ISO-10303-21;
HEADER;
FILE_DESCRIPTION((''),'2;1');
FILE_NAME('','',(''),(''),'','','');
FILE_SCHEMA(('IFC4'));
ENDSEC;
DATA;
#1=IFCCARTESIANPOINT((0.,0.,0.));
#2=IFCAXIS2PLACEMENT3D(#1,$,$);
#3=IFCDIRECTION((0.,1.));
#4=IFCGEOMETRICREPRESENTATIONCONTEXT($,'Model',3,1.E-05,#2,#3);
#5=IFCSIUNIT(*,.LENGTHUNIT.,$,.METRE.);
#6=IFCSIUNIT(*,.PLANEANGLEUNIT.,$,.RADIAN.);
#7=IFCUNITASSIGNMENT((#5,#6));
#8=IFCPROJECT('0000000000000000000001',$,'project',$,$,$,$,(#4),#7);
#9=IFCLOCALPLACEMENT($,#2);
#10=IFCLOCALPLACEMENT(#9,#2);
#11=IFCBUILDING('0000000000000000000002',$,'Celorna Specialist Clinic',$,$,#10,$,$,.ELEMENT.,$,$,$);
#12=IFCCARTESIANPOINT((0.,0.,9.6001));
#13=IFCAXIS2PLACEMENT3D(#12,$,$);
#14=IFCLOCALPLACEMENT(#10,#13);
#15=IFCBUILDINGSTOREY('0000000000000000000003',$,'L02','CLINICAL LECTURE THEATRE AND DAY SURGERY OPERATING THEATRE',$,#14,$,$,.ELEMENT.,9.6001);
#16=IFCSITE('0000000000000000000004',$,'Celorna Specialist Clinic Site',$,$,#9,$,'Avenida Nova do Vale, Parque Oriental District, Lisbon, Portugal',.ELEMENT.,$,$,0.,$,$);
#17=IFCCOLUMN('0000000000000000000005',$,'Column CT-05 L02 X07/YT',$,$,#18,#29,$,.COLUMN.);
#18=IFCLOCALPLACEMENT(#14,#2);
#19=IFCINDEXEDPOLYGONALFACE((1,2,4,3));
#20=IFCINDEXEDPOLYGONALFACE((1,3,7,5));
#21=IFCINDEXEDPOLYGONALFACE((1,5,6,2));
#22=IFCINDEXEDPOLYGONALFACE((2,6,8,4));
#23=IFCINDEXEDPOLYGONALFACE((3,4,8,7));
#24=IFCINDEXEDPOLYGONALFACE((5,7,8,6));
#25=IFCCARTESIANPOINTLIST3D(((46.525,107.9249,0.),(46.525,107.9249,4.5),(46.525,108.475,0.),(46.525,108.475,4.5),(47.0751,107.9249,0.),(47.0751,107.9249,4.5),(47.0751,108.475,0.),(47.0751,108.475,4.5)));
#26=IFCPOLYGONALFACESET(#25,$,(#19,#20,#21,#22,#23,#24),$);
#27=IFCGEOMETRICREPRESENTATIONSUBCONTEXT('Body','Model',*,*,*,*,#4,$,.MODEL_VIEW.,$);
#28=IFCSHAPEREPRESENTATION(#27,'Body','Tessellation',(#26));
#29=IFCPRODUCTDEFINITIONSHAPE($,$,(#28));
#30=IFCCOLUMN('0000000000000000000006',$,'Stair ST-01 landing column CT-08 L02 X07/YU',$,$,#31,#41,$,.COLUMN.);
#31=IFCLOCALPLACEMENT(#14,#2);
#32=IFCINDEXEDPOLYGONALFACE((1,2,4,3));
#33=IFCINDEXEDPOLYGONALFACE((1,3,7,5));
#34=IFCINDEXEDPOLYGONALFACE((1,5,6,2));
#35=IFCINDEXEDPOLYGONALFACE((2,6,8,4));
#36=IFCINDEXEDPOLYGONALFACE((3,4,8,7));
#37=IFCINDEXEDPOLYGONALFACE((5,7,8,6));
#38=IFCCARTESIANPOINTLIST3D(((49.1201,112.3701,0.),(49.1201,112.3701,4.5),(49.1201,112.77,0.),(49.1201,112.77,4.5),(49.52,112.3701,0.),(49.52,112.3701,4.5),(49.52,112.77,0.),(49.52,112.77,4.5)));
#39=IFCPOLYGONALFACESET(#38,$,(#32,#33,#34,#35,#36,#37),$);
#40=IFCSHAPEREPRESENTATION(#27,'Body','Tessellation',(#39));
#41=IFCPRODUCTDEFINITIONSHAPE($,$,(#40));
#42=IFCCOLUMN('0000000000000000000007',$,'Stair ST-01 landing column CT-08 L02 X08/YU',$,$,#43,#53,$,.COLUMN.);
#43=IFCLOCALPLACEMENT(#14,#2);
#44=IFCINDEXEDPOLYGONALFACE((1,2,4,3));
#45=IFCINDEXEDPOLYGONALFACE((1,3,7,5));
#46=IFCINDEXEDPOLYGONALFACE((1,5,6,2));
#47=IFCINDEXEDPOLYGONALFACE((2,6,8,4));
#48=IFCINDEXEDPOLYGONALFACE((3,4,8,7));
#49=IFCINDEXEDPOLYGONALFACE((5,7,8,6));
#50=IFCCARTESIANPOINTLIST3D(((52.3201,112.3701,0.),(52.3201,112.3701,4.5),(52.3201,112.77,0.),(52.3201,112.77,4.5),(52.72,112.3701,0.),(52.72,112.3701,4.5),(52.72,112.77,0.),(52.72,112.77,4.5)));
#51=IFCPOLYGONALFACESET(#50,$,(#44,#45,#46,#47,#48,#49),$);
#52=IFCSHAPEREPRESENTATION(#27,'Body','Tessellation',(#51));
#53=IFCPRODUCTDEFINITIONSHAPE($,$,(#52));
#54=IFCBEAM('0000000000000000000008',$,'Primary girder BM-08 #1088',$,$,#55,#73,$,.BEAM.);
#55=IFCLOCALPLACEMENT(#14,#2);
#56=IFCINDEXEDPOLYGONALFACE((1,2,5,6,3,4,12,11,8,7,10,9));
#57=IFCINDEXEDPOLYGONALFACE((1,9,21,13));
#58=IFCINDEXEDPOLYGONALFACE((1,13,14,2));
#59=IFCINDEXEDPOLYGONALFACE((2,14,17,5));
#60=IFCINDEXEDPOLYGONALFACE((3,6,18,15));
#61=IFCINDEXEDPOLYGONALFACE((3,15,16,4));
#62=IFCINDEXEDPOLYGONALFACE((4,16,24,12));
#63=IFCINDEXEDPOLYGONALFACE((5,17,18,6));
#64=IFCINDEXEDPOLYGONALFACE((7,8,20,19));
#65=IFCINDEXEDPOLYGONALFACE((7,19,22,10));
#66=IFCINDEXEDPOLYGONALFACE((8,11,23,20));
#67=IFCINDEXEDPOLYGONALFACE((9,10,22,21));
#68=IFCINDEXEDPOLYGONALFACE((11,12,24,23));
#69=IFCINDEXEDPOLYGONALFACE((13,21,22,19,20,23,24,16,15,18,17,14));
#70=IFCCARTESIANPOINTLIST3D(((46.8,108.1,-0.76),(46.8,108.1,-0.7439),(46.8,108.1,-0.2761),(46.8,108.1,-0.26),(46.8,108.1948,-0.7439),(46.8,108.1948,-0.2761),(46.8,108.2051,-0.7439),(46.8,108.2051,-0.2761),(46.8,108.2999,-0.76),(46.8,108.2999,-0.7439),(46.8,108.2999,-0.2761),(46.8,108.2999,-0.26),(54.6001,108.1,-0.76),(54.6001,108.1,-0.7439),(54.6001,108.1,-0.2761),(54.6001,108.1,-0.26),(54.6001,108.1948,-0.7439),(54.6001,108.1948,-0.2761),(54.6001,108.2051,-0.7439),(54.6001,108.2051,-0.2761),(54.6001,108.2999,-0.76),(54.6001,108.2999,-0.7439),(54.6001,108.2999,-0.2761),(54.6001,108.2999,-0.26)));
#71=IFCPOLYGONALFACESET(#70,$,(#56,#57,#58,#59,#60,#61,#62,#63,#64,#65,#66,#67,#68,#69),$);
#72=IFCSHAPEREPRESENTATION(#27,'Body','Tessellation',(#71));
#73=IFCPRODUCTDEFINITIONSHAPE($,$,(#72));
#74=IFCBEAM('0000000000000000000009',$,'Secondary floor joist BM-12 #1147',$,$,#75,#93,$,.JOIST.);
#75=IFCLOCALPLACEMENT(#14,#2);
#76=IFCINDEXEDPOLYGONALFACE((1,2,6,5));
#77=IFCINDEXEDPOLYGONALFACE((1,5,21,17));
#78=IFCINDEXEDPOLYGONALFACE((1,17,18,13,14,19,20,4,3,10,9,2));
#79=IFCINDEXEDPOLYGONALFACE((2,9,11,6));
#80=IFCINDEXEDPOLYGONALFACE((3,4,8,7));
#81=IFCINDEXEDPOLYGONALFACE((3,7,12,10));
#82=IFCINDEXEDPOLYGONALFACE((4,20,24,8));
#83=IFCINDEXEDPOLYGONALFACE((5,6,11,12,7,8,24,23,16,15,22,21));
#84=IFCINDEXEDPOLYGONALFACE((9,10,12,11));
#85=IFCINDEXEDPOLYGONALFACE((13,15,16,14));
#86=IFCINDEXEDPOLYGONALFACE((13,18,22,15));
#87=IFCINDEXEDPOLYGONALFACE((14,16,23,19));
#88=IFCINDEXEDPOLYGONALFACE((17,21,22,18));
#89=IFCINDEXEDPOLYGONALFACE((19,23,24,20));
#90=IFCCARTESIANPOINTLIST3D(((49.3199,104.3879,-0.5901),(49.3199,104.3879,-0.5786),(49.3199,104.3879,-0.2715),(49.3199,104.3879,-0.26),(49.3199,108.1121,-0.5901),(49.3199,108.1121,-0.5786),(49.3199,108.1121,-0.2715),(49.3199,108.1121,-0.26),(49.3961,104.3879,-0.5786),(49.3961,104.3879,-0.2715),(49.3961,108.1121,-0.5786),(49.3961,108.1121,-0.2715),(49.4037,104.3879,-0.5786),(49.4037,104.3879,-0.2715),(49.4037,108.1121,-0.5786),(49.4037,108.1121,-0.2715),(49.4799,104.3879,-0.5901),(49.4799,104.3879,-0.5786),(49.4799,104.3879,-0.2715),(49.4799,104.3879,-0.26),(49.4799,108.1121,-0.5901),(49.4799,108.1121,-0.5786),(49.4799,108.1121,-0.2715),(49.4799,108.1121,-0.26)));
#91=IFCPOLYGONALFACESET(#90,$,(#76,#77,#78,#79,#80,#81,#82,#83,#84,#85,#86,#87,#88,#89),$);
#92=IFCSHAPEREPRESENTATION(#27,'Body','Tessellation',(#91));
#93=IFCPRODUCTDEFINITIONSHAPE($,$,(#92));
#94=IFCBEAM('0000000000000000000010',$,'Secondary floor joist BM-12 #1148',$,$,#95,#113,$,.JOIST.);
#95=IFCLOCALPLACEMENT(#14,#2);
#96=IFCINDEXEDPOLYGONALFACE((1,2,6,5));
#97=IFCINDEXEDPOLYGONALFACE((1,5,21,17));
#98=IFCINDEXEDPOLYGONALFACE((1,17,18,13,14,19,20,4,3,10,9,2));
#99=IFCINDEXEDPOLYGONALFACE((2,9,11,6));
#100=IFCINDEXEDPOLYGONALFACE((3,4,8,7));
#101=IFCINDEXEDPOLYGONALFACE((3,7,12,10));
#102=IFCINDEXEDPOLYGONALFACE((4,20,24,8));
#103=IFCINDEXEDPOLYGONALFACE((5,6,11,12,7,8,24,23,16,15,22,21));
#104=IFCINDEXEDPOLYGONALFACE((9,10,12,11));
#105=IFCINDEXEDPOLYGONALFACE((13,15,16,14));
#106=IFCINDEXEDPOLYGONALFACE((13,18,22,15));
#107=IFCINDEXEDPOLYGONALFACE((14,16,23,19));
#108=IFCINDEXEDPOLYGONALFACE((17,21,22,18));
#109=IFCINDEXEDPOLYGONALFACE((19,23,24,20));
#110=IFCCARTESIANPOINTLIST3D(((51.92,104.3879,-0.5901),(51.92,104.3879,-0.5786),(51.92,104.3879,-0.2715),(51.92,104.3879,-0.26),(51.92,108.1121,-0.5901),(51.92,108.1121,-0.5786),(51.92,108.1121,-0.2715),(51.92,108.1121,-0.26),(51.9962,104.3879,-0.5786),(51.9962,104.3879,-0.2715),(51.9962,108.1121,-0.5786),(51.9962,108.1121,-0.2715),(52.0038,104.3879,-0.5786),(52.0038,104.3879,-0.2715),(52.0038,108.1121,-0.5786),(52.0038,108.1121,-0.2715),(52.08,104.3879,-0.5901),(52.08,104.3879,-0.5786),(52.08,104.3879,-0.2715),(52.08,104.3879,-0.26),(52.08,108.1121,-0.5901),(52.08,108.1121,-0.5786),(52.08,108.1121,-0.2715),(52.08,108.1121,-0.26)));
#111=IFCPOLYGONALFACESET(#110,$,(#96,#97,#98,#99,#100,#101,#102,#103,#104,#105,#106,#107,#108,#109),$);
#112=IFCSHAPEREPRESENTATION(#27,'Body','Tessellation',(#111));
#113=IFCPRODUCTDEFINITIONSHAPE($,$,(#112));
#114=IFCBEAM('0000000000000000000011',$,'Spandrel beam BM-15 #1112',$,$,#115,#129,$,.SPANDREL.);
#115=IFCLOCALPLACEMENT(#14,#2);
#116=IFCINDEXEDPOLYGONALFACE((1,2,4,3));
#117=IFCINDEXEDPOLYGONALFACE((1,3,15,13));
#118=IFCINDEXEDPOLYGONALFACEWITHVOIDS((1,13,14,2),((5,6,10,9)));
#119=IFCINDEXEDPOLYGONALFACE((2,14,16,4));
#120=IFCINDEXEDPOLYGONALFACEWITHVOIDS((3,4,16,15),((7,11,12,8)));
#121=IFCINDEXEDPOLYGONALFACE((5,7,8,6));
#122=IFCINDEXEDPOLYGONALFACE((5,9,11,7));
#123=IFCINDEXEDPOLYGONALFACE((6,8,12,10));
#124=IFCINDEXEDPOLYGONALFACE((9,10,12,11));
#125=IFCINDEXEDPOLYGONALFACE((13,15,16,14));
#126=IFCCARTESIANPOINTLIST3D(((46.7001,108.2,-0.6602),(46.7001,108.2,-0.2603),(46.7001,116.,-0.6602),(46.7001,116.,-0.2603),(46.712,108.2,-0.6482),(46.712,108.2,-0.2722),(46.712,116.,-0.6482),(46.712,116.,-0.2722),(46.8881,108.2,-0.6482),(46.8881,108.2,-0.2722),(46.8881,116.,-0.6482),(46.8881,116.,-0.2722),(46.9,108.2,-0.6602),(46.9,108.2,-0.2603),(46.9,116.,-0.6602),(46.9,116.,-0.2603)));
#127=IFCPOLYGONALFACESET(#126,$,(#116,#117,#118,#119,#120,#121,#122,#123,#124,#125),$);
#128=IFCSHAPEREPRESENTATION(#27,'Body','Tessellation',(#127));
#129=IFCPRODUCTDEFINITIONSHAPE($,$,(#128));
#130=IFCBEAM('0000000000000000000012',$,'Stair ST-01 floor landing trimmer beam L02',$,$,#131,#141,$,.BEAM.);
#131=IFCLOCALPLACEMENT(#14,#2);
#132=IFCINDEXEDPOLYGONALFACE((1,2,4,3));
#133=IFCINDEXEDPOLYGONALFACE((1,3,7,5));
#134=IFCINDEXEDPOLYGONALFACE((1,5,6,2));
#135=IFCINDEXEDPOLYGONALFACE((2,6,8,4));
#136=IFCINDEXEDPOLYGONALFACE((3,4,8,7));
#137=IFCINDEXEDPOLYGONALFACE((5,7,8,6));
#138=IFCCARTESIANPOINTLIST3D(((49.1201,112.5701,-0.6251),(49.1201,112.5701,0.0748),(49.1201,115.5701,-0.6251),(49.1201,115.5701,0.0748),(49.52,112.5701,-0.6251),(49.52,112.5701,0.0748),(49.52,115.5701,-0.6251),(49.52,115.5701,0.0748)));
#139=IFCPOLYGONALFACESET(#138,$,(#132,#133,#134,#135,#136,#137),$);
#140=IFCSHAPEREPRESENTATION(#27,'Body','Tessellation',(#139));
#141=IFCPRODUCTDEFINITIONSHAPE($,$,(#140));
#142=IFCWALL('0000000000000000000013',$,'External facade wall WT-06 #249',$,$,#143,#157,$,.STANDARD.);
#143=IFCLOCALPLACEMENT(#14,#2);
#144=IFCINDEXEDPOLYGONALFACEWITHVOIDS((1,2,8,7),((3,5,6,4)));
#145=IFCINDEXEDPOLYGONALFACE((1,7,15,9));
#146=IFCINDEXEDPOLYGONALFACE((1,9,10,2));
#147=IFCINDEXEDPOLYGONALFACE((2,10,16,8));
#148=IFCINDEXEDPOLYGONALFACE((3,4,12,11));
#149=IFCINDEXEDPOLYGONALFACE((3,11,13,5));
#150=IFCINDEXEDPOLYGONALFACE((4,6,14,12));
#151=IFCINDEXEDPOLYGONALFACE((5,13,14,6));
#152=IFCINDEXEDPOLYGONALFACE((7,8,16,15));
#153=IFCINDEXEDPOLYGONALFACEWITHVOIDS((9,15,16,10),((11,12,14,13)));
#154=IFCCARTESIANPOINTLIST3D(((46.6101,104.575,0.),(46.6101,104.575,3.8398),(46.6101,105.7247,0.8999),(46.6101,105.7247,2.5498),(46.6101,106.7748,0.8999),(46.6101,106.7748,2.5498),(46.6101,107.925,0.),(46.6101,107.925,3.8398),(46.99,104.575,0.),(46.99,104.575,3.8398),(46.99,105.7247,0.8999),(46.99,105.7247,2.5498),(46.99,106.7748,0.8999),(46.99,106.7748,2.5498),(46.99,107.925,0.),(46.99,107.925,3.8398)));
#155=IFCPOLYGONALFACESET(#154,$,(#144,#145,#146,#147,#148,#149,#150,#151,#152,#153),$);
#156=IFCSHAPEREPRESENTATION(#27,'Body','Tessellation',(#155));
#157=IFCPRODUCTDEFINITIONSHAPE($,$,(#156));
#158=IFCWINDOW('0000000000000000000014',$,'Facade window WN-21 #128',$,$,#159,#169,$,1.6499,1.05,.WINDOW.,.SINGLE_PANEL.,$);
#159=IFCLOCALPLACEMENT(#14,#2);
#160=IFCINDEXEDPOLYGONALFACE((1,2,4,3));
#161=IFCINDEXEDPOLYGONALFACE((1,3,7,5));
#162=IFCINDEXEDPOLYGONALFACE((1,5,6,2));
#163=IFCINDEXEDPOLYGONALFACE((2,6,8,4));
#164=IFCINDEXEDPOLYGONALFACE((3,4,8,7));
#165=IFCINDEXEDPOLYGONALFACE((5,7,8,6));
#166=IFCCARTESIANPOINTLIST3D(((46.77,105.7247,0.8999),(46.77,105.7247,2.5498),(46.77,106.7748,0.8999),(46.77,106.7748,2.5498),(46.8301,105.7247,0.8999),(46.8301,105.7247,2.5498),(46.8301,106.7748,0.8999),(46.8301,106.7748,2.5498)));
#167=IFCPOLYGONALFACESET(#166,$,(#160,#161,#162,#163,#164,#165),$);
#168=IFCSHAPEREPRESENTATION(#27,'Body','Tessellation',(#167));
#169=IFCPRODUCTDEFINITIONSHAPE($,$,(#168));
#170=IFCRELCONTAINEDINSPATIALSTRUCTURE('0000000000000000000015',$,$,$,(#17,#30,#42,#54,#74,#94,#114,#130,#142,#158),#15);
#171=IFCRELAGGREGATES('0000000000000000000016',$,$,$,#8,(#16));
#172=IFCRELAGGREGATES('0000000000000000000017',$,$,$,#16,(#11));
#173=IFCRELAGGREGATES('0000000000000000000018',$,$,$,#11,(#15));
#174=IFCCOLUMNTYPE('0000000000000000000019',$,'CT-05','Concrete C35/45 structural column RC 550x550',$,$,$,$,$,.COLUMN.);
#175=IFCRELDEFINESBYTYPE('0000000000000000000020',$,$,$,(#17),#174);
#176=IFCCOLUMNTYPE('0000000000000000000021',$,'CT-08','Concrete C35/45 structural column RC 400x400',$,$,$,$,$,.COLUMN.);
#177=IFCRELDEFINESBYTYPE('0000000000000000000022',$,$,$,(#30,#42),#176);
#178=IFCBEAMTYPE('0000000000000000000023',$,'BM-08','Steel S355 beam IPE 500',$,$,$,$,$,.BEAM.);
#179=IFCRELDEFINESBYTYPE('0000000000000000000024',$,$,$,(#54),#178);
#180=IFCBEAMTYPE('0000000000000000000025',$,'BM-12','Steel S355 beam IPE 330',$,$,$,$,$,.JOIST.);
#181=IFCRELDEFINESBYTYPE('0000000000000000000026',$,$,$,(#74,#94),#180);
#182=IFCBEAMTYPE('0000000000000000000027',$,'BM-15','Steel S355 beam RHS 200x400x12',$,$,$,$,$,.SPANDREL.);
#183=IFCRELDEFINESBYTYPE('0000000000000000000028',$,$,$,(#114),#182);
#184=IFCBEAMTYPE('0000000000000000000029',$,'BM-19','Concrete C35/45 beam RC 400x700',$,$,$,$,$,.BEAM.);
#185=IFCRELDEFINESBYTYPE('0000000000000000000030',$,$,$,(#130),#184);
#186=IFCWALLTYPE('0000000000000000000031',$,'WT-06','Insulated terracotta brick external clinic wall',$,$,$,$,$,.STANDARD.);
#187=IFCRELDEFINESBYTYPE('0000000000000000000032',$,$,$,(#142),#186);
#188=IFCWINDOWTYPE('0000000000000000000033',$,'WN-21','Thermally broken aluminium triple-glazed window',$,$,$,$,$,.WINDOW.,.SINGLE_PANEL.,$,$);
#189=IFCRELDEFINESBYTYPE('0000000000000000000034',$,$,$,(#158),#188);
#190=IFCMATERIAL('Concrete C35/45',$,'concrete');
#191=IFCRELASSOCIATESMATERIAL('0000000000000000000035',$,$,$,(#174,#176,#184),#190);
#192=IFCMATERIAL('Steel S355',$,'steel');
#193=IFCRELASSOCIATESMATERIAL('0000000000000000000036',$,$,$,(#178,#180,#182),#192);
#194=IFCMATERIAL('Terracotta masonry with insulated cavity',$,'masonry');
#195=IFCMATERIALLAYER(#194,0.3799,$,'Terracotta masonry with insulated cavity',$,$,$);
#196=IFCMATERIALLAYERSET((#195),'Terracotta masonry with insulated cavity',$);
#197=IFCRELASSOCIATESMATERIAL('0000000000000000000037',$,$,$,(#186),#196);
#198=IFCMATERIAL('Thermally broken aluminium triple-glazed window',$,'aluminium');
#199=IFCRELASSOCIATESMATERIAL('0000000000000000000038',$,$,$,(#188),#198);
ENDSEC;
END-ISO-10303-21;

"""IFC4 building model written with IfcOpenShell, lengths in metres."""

from ifc_helpers import new_model, si_unit, direction, frame, frame_2d, origin, origin_2d, place, context, subcontext, project, spatial, rectangle, hollow_rectangle, i_section, extrude, material, layer, layer_set, material_profile, profile_set, type_object, element, fill, save


model = new_model("IFC4")

# Units and contexts
model_context = context("Model", 3, precision=1e-05, world=origin(), true_north=direction((0.0, 1.0)))
body_context = subcontext(model_context, "Body", "Model", "MODEL_VIEW")
ifc_project = project(units=[si_unit("LENGTHUNIT", "METRE"), si_unit("PLANEANGLEUNIT", "RADIAN")], contexts=[model_context])

# Site, building, storey
site_placement = place(None, origin())
site = spatial("IfcSite", under=ifc_project, at=site_placement, Name="Celorna Specialist Clinic Site", LongName="Avenida Nova do Vale, Parque Oriental District, Lisbon, Portugal", CompositionType="ELEMENT", RefElevation=0.0)
building_placement = place(site_placement, origin())
building = spatial("IfcBuilding", under=site, at=building_placement, Name="Celorna Specialist Clinic", CompositionType="ELEMENT")
storey_placement = place(building_placement, frame((0.0, 0.0, 9.6001)))
storey = spatial("IfcBuildingStorey", under=building, at=storey_placement, Name="L02", Description="CLINICAL LECTURE THEATRE AND DAY SURGERY OPERATING THEATRE", CompositionType="ELEMENT", Elevation=9.6001)

# Columns
ifc_material_1 = material(Name="Concrete C35/45", Category="concrete")
ifc_material_profile_1 = material_profile(ifc_material_1, rectangle(XDim=0.55, YDim=0.55, at=origin_2d()), Name="RC 550x550")
ifc_profile_set_1 = profile_set([ifc_material_profile_1], Name="Concrete C35/45")
column_type_1 = type_object("IfcColumnType", Name="CT-05", Description="Concrete C35/45 structural column RC 550x550", PredefinedType="COLUMN", material=ifc_profile_set_1)
column_placement = place(storey_placement, frame((46.8, 108.2, 0.0), z_axis=(0.0, 0.0, 1.0), x_axis=(1.0, 0.0, 0.0)))
element("IfcColumn", 1, at=column_placement, inside=storey, type_object=column_type_1, Name="Column CT-05 L02 X07/YT", PredefinedType="COLUMN", context=body_context, shape_type="SweptSolid", body=[
    extrude(rectangle(XDim=0.55, YDim=0.55, at=origin_2d()), origin(), (0.0, 0.0, 1.0), 4.5),
])
ifc_material_profile_2 = material_profile(ifc_material_1, rectangle(XDim=0.3999, YDim=0.3999, at=origin_2d()), Name="RC 400x400")
ifc_profile_set_2 = profile_set([ifc_material_profile_2], Name="Concrete C35/45")
column_type_2 = type_object("IfcColumnType", Name="CT-08", Description="Concrete C35/45 structural column RC 400x400", PredefinedType="COLUMN", material=ifc_profile_set_2)
for number, where, z_axis, x_axis, name in (
    (2, (49.3201, 112.5701, 0.0), (0.0, 0.0, 1.0), (1.0, 0.0, 0.0), "Stair ST-01 landing column CT-08 L02 X07/YU"),
    (3, (52.52, 112.5701, 0.0), (0.0, 0.0, 1.0), (1.0, 0.0, 0.0), "Stair ST-01 landing column CT-08 L02 X08/YU"),
):
    element("IfcColumn", number, at=place(storey_placement, frame(where, z_axis=z_axis, x_axis=x_axis)), inside=storey, type_object=column_type_2, Name=name, PredefinedType="COLUMN", context=body_context, shape_type="SweptSolid", body=[
        extrude(rectangle(XDim=0.3999, YDim=0.3999, at=origin_2d()), origin(), (0.0, 0.0, 1.0), 4.5),
    ])

# Beams
ifc_material_2 = material(Name="Steel S355", Category="steel")
ifc_material_profile_3 = material_profile(ifc_material_2, i_section(OverallWidth=0.2, OverallDepth=0.5, WebThickness=0.0103, FlangeThickness=0.0161, at=origin_2d()), Name="IPE 500")
ifc_profile_set_3 = profile_set([ifc_material_profile_3], Name="Steel S355")
beam_type_1 = type_object("IfcBeamType", Name="BM-08", Description="Steel S355 beam IPE 500", PredefinedType="BEAM", material=ifc_profile_set_3)
beam_1_placement = place(storey_placement, frame((46.8, 108.2, -0.51), z_axis=(1.0, 0.0, 0.0), x_axis=(0.0, 1.0, 0.0)))
element("IfcBeam", 4, at=beam_1_placement, inside=storey, type_object=beam_type_1, Name="Primary girder BM-08 #1088", PredefinedType="BEAM", context=body_context, shape_type="SweptSolid", body=[
    extrude(i_section(OverallWidth=0.2, OverallDepth=0.5, WebThickness=0.0103, FlangeThickness=0.0161, at=origin_2d()), origin(), (0.0, 0.0, 1.0), 7.8),
])
ifc_material_profile_4 = material_profile(ifc_material_2, i_section(OverallWidth=0.1599, OverallDepth=0.3301, WebThickness=0.0076, FlangeThickness=0.0115, at=origin_2d()), Name="IPE 330")
ifc_profile_set_4 = profile_set([ifc_material_profile_4], Name="Steel S355")
beam_type_2 = type_object("IfcBeamType", Name="BM-12", Description="Steel S355 beam IPE 330", PredefinedType="JOIST", material=ifc_profile_set_4)
for number, where, z_axis, x_axis, name in (
    (5, (49.3999, 104.3879, -0.425), (0.0, 1.0, 0.0), (-1.0, 0.0, 0.0), "Secondary floor joist BM-12 #1147"),
    (6, (52.0, 104.3879, -0.425), (0.0, 1.0, 0.0), (-1.0, 0.0, 0.0), "Secondary floor joist BM-12 #1148"),
):
    element("IfcBeam", number, at=place(storey_placement, frame(where, z_axis=z_axis, x_axis=x_axis)), inside=storey, type_object=beam_type_2, Name=name, PredefinedType="JOIST", context=body_context, shape_type="SweptSolid", body=[
        extrude(i_section(OverallWidth=0.1599, OverallDepth=0.3301, WebThickness=0.0076, FlangeThickness=0.0115, at=origin_2d()), origin(), (0.0, 0.0, 1.0), 3.7241),
    ])
ifc_material_profile_5 = material_profile(ifc_material_2, hollow_rectangle(XDim=0.2, YDim=0.3999, WallThickness=0.012, at=origin_2d()), Name="RHS 200x400x12")
ifc_profile_set_5 = profile_set([ifc_material_profile_5], Name="Steel S355")
beam_type_3 = type_object("IfcBeamType", Name="BM-15", Description="Steel S355 beam RHS 200x400x12", PredefinedType="SPANDREL", material=ifc_profile_set_5)
beam_2_placement = place(storey_placement, frame((46.8, 108.2, -0.4602), z_axis=(0.0, 1.0, 0.0), x_axis=(-1.0, 0.0, 0.0)))
element("IfcBeam", 7, at=beam_2_placement, inside=storey, type_object=beam_type_3, Name="Spandrel beam BM-15 #1112", PredefinedType="SPANDREL", context=body_context, shape_type="SweptSolid", body=[
    extrude(hollow_rectangle(XDim=0.2, YDim=0.3999, WallThickness=0.012, at=origin_2d()), origin(), (0.0, 0.0, 1.0), 7.8),
])
ifc_material_profile_6 = material_profile(ifc_material_1, rectangle(XDim=0.3999, YDim=0.7, at=origin_2d()), Name="RC 400x700")
ifc_profile_set_6 = profile_set([ifc_material_profile_6], Name="Concrete C35/45")
beam_type_4 = type_object("IfcBeamType", Name="BM-19", Description="Concrete C35/45 beam RC 400x700", PredefinedType="BEAM", material=ifc_profile_set_6)
beam_3_placement = place(storey_placement, frame((49.3201, 112.5701, -0.2751), z_axis=(0.0, 1.0, 0.0), x_axis=(-1.0, 0.0, 0.0)))
element("IfcBeam", 8, at=beam_3_placement, inside=storey, type_object=beam_type_4, Name="Stair ST-01 floor landing trimmer beam L02", PredefinedType="BEAM", context=body_context, shape_type="SweptSolid", body=[
    extrude(rectangle(XDim=0.3999, YDim=0.7, at=origin_2d()), origin(), (0.0, 0.0, 1.0), 3.0),
])

# Wall, opening, window
ifc_material_3 = material(Name="Terracotta masonry with insulated cavity", Category="masonry")
ifc_layer_1 = layer(ifc_material_3, 0.3799, Name="Terracotta masonry with insulated cavity")
ifc_layer_set_1 = layer_set([ifc_layer_1], Name="Terracotta masonry with insulated cavity")
wall_type_1 = type_object("IfcWallType", Name="WT-06", Description="Insulated terracotta brick external clinic wall", PredefinedType="STANDARD", material=ifc_layer_set_1)
wall_1_placement = place(storey_placement, frame((46.8, 104.575, 0.0), z_axis=(0.0, 0.0, 1.0), x_axis=(0.0, 1.0, 0.0)))
wall_1 = element("IfcWall", 9, at=wall_1_placement, inside=storey, type_object=wall_type_1, Name="External facade wall WT-06 #249", PredefinedType="STANDARD", context=body_context, shape_type="SweptSolid", body=[
    extrude(rectangle(XDim=3.3501, YDim=0.3799, at=frame_2d((1.675, 0.0))), origin(), (0.0, 0.0, 1.0), 3.8398),
])
opening_1_placement = place(wall_1_placement, frame((1.1499, 0.0, 0.8999)))
opening_1 = element("IfcOpeningElement", 10, at=opening_1_placement, cuts=wall_1, PredefinedType="OPENING", context=body_context, shape_type="SweptSolid", body=[
    extrude(rectangle(XDim=1.05, YDim=1.6499, at=frame_2d((0.5249, 0.825))), frame((0.0, 0.2, 0.0), z_axis=(0.0, -1.0, 0.0), x_axis=(1.0, 0.0, 0.0)), (0.0, 0.0, 1.0), 0.3999),
])
ifc_material_4 = material(Name="Thermally broken aluminium triple-glazed window", Category="aluminium")
window_type_1 = type_object("IfcWindowType", Name="WN-21", Description="Thermally broken aluminium triple-glazed window", PartitioningType="SINGLE_PANEL", PredefinedType="WINDOW", material=ifc_material_4)
window_1_placement = place(opening_1_placement, origin())
window_1 = element("IfcWindow", 11, at=window_1_placement, inside=storey, type_object=window_type_1, Name="Facade window WN-21 #128", OverallHeight=1.6499, OverallWidth=1.05, PartitioningType="SINGLE_PANEL", PredefinedType="WINDOW", context=body_context, shape_type="SweptSolid", body=[
    extrude(rectangle(XDim=1.05, YDim=1.6499, at=frame_2d((0.5249, 0.825))), frame((0.0, 0.03, 0.0), z_axis=(0.0, -1.0, 0.0), x_axis=(1.0, 0.0, 0.0)), (0.0, 0.0, 1.0), 0.0601),
])
fill(opening_1, window_1)

save(model, "model.ifc")
